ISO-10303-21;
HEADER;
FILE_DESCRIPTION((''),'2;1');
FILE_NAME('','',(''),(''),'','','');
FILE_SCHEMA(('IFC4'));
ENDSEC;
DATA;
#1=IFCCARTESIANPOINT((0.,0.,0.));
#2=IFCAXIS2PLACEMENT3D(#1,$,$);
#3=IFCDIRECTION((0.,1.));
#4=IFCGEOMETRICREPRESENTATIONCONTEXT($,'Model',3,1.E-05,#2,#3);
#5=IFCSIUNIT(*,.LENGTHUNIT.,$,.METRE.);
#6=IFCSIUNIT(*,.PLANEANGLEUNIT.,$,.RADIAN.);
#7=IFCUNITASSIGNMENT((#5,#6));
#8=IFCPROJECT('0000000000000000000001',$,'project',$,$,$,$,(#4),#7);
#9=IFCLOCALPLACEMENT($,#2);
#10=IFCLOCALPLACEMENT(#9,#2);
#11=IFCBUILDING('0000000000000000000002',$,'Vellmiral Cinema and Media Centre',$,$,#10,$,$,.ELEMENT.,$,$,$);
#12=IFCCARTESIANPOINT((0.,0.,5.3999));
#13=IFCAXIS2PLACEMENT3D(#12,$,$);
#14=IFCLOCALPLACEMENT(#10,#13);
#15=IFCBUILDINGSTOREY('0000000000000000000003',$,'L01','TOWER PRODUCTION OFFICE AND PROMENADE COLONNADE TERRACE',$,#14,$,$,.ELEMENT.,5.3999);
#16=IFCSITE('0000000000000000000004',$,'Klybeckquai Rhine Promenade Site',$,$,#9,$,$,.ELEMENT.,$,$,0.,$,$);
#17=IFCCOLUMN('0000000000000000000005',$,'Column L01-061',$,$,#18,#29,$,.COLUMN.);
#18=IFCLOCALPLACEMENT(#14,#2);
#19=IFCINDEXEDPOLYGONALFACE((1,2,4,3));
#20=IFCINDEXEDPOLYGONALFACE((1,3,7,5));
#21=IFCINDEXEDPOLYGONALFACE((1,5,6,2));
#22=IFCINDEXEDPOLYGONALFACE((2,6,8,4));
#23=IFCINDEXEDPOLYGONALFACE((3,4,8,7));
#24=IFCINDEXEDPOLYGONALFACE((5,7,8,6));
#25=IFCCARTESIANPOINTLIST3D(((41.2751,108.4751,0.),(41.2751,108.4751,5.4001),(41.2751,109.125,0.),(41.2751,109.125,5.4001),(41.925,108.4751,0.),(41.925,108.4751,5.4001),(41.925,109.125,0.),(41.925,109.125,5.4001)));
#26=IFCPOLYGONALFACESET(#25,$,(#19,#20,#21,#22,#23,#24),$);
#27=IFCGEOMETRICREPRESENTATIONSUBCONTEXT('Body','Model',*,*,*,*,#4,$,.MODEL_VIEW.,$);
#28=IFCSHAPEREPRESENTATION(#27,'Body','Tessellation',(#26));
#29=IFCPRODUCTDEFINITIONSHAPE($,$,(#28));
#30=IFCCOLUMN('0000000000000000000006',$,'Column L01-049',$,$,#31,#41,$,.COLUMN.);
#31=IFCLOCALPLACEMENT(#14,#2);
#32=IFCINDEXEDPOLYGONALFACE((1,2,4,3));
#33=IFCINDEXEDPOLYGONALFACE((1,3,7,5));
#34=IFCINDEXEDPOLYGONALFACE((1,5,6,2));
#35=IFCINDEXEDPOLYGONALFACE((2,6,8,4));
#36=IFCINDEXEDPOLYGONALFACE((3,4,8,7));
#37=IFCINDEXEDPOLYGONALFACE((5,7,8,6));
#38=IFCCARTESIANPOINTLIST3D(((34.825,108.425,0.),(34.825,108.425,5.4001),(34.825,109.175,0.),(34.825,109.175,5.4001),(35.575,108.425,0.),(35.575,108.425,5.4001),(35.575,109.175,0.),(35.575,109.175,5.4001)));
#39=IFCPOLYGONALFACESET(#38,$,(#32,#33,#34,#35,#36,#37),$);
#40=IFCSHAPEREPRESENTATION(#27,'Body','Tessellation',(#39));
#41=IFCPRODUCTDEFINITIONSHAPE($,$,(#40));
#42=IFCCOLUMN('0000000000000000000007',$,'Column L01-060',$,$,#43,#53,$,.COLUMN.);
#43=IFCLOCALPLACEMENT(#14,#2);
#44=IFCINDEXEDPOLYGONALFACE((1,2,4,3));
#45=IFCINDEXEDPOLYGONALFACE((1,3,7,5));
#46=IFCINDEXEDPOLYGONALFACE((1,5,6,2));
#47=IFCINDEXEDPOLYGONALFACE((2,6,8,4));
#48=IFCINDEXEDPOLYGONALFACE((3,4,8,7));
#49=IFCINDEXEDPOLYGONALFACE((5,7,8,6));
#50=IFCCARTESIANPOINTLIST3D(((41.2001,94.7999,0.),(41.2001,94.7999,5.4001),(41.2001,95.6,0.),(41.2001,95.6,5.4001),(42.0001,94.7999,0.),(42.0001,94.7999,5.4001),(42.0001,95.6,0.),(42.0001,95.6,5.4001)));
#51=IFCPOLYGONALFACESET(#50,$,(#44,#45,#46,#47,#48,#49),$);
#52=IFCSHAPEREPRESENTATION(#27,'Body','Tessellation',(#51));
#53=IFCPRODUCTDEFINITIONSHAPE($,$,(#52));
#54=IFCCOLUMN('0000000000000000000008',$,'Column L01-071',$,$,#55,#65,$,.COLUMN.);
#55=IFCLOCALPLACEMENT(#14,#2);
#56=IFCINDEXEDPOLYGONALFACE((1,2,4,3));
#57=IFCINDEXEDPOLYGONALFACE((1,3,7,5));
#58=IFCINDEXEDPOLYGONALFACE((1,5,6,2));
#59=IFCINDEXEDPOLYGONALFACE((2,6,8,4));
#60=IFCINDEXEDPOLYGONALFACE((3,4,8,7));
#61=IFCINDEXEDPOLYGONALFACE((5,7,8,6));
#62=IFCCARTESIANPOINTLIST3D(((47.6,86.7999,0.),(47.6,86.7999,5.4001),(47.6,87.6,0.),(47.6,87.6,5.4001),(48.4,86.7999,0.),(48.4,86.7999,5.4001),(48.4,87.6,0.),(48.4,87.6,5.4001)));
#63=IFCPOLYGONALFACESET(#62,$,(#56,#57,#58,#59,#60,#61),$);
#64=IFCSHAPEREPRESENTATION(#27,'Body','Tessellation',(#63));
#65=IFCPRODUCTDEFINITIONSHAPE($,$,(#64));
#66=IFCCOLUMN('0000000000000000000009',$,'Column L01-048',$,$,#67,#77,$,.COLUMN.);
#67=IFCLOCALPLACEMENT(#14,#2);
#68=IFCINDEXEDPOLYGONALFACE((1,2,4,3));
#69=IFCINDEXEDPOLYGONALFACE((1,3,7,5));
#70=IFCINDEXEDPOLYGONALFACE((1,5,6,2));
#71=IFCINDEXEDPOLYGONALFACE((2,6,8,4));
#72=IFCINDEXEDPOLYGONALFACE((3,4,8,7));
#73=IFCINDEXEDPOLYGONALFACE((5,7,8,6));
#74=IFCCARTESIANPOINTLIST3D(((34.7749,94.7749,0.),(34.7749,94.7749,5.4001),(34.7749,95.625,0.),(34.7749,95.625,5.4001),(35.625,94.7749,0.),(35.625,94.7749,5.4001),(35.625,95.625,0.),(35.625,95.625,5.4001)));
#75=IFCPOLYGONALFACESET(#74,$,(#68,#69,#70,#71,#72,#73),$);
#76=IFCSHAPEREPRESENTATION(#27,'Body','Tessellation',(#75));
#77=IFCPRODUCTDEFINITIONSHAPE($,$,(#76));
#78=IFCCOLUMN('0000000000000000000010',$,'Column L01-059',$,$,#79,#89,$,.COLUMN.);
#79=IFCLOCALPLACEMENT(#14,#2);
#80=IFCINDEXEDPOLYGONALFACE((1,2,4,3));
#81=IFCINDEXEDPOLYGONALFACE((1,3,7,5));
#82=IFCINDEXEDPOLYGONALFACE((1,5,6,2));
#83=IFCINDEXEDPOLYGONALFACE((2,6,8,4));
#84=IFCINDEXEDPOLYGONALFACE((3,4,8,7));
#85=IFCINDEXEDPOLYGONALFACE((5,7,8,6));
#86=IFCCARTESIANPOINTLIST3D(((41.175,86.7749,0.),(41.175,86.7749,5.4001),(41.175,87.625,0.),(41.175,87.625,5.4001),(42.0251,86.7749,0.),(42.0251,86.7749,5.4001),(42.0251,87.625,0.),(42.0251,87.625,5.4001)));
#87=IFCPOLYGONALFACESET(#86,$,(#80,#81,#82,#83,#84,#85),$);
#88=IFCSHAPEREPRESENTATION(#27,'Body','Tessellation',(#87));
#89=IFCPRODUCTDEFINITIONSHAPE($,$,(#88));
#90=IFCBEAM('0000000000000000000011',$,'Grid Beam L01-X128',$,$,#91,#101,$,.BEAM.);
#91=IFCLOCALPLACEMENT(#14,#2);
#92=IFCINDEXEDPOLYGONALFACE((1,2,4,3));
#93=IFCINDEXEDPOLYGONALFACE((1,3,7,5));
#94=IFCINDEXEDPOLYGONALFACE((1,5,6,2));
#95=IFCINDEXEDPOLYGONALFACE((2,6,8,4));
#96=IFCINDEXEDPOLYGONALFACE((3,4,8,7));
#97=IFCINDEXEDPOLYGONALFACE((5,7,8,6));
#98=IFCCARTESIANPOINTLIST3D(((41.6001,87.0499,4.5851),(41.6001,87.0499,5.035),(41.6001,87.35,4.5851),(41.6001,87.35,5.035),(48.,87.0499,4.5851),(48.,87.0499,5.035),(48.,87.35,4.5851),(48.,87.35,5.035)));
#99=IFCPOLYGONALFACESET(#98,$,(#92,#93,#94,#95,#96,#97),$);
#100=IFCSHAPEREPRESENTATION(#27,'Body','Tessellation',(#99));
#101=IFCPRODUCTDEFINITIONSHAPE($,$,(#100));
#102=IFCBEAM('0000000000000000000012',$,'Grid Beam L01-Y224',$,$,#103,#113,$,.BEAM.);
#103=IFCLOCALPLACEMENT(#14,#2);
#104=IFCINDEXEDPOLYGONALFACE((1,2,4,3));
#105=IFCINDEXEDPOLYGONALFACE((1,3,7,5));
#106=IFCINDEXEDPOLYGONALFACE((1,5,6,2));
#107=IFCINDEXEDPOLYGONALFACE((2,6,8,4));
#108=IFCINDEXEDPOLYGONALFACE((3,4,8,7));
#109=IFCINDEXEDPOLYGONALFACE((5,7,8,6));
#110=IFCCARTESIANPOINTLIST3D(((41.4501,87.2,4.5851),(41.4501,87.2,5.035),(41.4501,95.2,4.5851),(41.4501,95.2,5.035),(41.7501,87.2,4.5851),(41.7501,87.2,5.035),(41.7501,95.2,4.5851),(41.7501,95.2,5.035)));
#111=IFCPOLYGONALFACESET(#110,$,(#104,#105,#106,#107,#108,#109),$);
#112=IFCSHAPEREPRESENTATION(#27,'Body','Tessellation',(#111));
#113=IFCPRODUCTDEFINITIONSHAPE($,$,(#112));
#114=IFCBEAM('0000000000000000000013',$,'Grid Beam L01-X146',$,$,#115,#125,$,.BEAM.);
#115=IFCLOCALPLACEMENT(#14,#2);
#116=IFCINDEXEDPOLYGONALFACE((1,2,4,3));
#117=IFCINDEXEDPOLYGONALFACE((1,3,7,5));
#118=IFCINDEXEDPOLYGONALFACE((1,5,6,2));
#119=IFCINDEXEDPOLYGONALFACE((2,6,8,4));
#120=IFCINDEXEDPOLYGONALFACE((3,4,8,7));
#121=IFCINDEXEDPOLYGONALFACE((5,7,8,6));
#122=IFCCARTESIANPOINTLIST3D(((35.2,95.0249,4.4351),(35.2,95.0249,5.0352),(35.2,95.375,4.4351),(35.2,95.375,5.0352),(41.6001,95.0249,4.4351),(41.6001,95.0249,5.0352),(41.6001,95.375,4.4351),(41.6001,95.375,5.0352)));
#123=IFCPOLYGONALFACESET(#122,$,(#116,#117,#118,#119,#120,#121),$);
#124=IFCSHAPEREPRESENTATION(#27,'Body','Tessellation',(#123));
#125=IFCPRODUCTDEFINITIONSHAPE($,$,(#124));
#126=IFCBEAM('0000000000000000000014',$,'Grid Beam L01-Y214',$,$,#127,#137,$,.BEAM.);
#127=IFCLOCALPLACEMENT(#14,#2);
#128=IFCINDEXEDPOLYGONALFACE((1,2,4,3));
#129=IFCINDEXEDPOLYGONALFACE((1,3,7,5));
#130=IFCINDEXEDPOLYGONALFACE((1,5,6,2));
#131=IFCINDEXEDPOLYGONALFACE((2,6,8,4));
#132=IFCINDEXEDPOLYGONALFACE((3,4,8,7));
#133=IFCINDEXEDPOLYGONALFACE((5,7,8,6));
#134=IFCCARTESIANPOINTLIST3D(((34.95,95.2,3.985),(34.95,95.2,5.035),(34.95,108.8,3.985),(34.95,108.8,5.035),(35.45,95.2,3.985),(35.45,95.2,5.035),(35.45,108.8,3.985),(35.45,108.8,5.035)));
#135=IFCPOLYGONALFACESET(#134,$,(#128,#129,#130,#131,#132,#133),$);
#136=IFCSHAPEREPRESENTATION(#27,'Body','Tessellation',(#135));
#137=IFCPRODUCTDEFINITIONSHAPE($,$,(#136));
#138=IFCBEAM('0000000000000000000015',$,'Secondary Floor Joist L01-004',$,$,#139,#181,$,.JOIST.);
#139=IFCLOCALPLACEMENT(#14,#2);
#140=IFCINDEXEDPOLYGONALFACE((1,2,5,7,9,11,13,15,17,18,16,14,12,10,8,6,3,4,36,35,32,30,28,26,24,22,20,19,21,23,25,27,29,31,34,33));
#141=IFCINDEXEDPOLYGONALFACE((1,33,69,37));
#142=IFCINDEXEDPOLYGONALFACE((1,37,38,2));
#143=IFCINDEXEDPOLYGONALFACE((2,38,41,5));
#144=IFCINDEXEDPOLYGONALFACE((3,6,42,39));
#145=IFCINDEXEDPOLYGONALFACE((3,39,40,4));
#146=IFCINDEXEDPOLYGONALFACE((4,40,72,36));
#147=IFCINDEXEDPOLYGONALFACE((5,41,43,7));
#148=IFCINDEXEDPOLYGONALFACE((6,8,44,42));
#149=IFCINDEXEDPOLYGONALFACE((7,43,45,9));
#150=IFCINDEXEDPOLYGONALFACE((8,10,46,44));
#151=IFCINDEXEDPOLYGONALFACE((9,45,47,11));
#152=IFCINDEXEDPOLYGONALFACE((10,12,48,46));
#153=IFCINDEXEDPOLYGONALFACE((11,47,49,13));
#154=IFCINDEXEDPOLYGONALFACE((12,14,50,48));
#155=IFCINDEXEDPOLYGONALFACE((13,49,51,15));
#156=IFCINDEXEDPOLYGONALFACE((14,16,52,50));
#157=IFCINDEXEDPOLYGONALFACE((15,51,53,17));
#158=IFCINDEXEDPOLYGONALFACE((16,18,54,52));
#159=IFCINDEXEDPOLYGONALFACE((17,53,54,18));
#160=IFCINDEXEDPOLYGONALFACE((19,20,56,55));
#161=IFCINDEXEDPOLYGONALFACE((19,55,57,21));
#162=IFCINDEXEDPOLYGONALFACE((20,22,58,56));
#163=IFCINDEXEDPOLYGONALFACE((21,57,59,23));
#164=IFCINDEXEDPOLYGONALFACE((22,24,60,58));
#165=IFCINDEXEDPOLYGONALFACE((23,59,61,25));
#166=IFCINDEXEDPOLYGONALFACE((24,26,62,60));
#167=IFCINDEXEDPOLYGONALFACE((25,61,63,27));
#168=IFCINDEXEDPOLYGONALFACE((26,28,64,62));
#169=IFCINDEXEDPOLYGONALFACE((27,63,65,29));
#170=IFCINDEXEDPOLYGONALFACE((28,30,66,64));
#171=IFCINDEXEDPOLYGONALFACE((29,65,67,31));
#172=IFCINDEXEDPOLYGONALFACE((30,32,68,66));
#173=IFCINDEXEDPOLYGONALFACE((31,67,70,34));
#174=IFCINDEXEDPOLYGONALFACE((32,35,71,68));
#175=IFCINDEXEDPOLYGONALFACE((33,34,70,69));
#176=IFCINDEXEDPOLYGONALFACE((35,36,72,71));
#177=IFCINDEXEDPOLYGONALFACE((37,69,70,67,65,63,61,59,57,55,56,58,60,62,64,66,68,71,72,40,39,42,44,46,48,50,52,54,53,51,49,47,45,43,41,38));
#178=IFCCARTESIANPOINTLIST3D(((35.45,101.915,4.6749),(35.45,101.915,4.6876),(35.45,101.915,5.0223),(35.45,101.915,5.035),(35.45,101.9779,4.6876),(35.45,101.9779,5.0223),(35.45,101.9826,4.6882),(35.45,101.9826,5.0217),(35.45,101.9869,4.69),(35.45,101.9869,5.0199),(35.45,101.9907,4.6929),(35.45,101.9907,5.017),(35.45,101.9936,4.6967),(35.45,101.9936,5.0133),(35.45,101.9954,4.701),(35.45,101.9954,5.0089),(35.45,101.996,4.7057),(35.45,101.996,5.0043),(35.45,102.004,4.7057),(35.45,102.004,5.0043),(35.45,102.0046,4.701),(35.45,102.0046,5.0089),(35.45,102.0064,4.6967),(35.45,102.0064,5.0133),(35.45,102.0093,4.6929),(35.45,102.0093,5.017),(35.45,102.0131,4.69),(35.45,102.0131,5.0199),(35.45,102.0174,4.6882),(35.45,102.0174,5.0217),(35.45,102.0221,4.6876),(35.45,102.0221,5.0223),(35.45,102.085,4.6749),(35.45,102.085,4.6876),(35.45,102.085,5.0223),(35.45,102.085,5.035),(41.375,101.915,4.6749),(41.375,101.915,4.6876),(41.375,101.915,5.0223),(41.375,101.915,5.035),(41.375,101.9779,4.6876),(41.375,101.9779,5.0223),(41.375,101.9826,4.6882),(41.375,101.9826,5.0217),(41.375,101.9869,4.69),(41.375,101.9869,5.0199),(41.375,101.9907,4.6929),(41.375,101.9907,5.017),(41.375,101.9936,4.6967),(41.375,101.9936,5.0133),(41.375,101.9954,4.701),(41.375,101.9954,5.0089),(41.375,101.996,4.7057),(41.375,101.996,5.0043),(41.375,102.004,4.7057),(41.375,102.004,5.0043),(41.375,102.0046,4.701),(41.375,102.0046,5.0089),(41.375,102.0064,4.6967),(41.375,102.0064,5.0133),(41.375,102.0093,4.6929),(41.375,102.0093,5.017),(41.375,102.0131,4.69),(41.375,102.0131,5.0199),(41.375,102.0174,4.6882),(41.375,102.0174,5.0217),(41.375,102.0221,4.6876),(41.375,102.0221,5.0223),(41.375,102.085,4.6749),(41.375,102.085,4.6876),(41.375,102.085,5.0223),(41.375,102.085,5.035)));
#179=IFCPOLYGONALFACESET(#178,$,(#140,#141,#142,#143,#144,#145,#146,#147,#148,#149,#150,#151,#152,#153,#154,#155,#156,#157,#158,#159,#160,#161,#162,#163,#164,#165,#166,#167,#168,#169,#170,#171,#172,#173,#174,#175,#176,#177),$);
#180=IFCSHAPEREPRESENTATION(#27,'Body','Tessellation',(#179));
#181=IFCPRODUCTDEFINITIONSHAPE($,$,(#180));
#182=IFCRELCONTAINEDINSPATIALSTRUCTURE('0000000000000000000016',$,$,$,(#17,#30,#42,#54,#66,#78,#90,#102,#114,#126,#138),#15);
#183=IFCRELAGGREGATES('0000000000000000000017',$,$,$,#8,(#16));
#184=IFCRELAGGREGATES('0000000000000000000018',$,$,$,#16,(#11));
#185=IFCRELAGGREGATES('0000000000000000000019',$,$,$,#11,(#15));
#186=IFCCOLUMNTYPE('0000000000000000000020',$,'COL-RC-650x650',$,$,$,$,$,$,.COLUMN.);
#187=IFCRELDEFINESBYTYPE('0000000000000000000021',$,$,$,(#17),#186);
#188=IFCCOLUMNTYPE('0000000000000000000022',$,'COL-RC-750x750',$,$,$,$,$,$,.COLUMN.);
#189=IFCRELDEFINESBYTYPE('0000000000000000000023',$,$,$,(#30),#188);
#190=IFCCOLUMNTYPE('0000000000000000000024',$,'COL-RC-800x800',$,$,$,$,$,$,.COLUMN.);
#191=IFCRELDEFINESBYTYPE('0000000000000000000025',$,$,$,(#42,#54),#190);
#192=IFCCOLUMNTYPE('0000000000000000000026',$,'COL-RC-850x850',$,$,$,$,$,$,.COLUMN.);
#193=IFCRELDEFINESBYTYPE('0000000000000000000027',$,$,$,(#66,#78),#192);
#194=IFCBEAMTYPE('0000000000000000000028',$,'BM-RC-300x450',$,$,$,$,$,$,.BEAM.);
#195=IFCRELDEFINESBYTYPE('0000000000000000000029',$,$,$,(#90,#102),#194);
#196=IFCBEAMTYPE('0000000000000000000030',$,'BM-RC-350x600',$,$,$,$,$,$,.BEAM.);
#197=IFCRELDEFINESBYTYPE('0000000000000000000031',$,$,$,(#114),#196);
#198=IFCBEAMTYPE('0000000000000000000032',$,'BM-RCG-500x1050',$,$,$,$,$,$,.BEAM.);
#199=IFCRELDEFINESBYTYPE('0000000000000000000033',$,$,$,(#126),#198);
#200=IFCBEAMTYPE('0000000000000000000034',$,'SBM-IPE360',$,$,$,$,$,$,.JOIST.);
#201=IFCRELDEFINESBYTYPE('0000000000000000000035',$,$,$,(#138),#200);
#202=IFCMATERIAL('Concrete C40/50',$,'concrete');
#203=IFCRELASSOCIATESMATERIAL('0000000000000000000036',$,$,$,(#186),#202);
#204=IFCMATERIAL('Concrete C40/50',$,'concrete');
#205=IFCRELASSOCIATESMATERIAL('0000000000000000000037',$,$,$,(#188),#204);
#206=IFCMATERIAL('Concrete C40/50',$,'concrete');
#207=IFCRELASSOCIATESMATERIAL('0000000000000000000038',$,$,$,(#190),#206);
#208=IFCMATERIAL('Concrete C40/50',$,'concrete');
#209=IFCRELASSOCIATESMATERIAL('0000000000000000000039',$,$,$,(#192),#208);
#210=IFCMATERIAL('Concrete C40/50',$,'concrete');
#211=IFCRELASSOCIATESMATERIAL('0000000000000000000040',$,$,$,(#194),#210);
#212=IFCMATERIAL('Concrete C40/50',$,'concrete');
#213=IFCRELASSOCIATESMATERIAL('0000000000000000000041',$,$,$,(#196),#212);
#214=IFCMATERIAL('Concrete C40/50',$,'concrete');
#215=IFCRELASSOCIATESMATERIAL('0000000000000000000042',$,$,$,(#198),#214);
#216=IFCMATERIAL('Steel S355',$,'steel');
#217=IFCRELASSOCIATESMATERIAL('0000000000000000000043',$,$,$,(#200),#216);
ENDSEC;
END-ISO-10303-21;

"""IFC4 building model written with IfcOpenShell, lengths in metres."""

from ifc_helpers import new_model, si_unit, direction, frame, origin, origin_2d, place, context, subcontext, project, spatial, rectangle, i_section, extrude, material, material_profile, profile_set, type_object, element, save


model = new_model("IFC4")

# Units and contexts
model_context = context("Model", 3, precision=1e-05, world=origin(), true_north=direction((0.0, 1.0)))
body_context = subcontext(model_context, "Body", "Model", "MODEL_VIEW")
ifc_project = project(units=[si_unit("LENGTHUNIT", "METRE"), si_unit("PLANEANGLEUNIT", "RADIAN")], contexts=[model_context])

# Site, building, storey
site_placement = place(None, origin())
site = spatial("IfcSite", under=ifc_project, at=site_placement, Name="Klybeckquai Rhine Promenade Site", CompositionType="ELEMENT", RefElevation=0.0)
building_placement = place(site_placement, origin())
building = spatial("IfcBuilding", under=site, at=building_placement, Name="Vellmiral Cinema and Media Centre", CompositionType="ELEMENT")
storey_placement = place(building_placement, frame((0.0, 0.0, 5.3999)))
storey = spatial("IfcBuildingStorey", under=building, at=storey_placement, Name="L01", Description="TOWER PRODUCTION OFFICE AND PROMENADE COLONNADE TERRACE", CompositionType="ELEMENT", Elevation=5.3999)

# Columns
ifc_material_1 = material(Name="Concrete C40/50", Category="concrete")
ifc_material_profile_1 = material_profile(ifc_material_1, rectangle(XDim=0.6499, YDim=0.6499, at=origin_2d()), Name="RC 650x650")
ifc_profile_set_1 = profile_set([ifc_material_profile_1], Name="Concrete C40/50")
column_type_1 = type_object("IfcColumnType", Name="COL-RC-650x650", PredefinedType="COLUMN", material=ifc_profile_set_1)
column_1_placement = place(storey_placement, frame((41.6001, 108.8, 0.0), z_axis=(0.0, 0.0, 1.0), x_axis=(1.0, 0.0, 0.0)))
element("IfcColumn", 1, at=column_1_placement, inside=storey, type_object=column_type_1, Name="Column L01-061", PredefinedType="COLUMN", context=body_context, shape_type="SweptSolid", body=[
    extrude(rectangle(XDim=0.6499, YDim=0.6499, at=origin_2d()), origin(), (0.0, 0.0, 1.0), 5.4001),
])
ifc_material_2 = material(Name="Concrete C40/50", Category="concrete")
ifc_material_profile_2 = material_profile(ifc_material_2, rectangle(XDim=0.75, YDim=0.75, at=origin_2d()), Name="RC 750x750")
ifc_profile_set_2 = profile_set([ifc_material_profile_2], Name="Concrete C40/50")
column_type_2 = type_object("IfcColumnType", Name="COL-RC-750x750", PredefinedType="COLUMN", material=ifc_profile_set_2)
column_2_placement = place(storey_placement, frame((35.2, 108.8, 0.0), z_axis=(0.0, 0.0, 1.0), x_axis=(1.0, 0.0, 0.0)))
element("IfcColumn", 2, at=column_2_placement, inside=storey, type_object=column_type_2, Name="Column L01-049", PredefinedType="COLUMN", context=body_context, shape_type="SweptSolid", body=[
    extrude(rectangle(XDim=0.75, YDim=0.75, at=origin_2d()), origin(), (0.0, 0.0, 1.0), 5.4001),
])
ifc_material_3 = material(Name="Concrete C40/50", Category="concrete")
ifc_material_profile_3 = material_profile(ifc_material_3, rectangle(XDim=0.8, YDim=0.8, at=origin_2d()), Name="RC 800x800")
ifc_profile_set_3 = profile_set([ifc_material_profile_3], Name="Concrete C40/50")
column_type_3 = type_object("IfcColumnType", Name="COL-RC-800x800", PredefinedType="COLUMN", material=ifc_profile_set_3)
for number, where, z_axis, x_axis, name in (
    (3, (41.6001, 95.2, 0.0), (0.0, 0.0, 1.0), (1.0, 0.0, 0.0), "Column L01-060"),
    (4, (48.0, 87.2, 0.0), (0.0, 0.0, 1.0), (1.0, 0.0, 0.0), "Column L01-071"),
):
    element("IfcColumn", number, at=place(storey_placement, frame(where, z_axis=z_axis, x_axis=x_axis)), inside=storey, type_object=column_type_3, Name=name, PredefinedType="COLUMN", context=body_context, shape_type="SweptSolid", body=[
        extrude(rectangle(XDim=0.8, YDim=0.8, at=origin_2d()), origin(), (0.0, 0.0, 1.0), 5.4001),
    ])
ifc_material_4 = material(Name="Concrete C40/50", Category="concrete")
ifc_material_profile_4 = material_profile(ifc_material_4, rectangle(XDim=0.8501, YDim=0.8501, at=origin_2d()), Name="RC 850x850")
ifc_profile_set_4 = profile_set([ifc_material_profile_4], Name="Concrete C40/50")
column_type_4 = type_object("IfcColumnType", Name="COL-RC-850x850", PredefinedType="COLUMN", material=ifc_profile_set_4)
for number, where, z_axis, x_axis, name in (
    (5, (35.2, 95.2, 0.0), (0.0, 0.0, 1.0), (1.0, 0.0, 0.0), "Column L01-048"),
    (6, (41.6001, 87.2, 0.0), (0.0, 0.0, 1.0), (1.0, 0.0, 0.0), "Column L01-059"),
):
    element("IfcColumn", number, at=place(storey_placement, frame(where, z_axis=z_axis, x_axis=x_axis)), inside=storey, type_object=column_type_4, Name=name, PredefinedType="COLUMN", context=body_context, shape_type="SweptSolid", body=[
        extrude(rectangle(XDim=0.8501, YDim=0.8501, at=origin_2d()), origin(), (0.0, 0.0, 1.0), 5.4001),
    ])

# Beams
ifc_material_5 = material(Name="Concrete C40/50", Category="concrete")
ifc_material_profile_5 = material_profile(ifc_material_5, rectangle(XDim=0.3, YDim=0.45, at=origin_2d()), Name="RC 300x450")
ifc_profile_set_5 = profile_set([ifc_material_profile_5], Name="Concrete C40/50")
beam_type_1 = type_object("IfcBeamType", Name="BM-RC-300x450", PredefinedType="BEAM", material=ifc_profile_set_5)
beam_1_placement = place(storey_placement, frame((41.6001, 87.2, 4.8101), z_axis=(1.0, 0.0, 0.0), x_axis=(0.0, 1.0, 0.0)))
element("IfcBeam", 7, at=beam_1_placement, inside=storey, type_object=beam_type_1, Name="Grid Beam L01-X128", PredefinedType="BEAM", context=body_context, shape_type="SweptSolid", body=[
    extrude(rectangle(XDim=0.3, YDim=0.45, at=origin_2d()), origin(), (0.0, 0.0, 1.0), 6.3999),
])
beam_2_placement = place(storey_placement, frame((41.6001, 87.2, 4.8101), z_axis=(0.0, 1.0, 0.0), x_axis=(-1.0, 0.0, 0.0)))
element("IfcBeam", 8, at=beam_2_placement, inside=storey, type_object=beam_type_1, Name="Grid Beam L01-Y224", PredefinedType="BEAM", context=body_context, shape_type="SweptSolid", body=[
    extrude(rectangle(XDim=0.3, YDim=0.45, at=origin_2d()), origin(), (0.0, 0.0, 1.0), 8.0),
])
ifc_material_6 = material(Name="Concrete C40/50", Category="concrete")
ifc_material_profile_6 = material_profile(ifc_material_6, rectangle(XDim=0.3501, YDim=0.6001, at=origin_2d()), Name="RC 350x600")
ifc_profile_set_6 = profile_set([ifc_material_profile_6], Name="Concrete C40/50")
beam_type_2 = type_object("IfcBeamType", Name="BM-RC-350x600", PredefinedType="BEAM", material=ifc_profile_set_6)
beam_3_placement = place(storey_placement, frame((35.2, 95.2, 4.7351), z_axis=(1.0, 0.0, 0.0), x_axis=(0.0, 1.0, 0.0)))
element("IfcBeam", 9, at=beam_3_placement, inside=storey, type_object=beam_type_2, Name="Grid Beam L01-X146", PredefinedType="BEAM", context=body_context, shape_type="SweptSolid", body=[
    extrude(rectangle(XDim=0.3501, YDim=0.6001, at=origin_2d()), origin(), (0.0, 0.0, 1.0), 6.4001),
])
ifc_material_7 = material(Name="Concrete C40/50", Category="concrete")
ifc_material_profile_7 = material_profile(ifc_material_7, rectangle(XDim=0.5, YDim=1.05, at=origin_2d()), Name="RC 500x1050")
ifc_profile_set_7 = profile_set([ifc_material_profile_7], Name="Concrete C40/50")
beam_type_3 = type_object("IfcBeamType", Name="BM-RCG-500x1050", PredefinedType="BEAM", material=ifc_profile_set_7)
beam_4_placement = place(storey_placement, frame((35.2, 95.2, 4.51), z_axis=(0.0, 1.0, 0.0), x_axis=(-1.0, 0.0, 0.0)))
element("IfcBeam", 10, at=beam_4_placement, inside=storey, type_object=beam_type_3, Name="Grid Beam L01-Y214", PredefinedType="BEAM", context=body_context, shape_type="SweptSolid", body=[
    extrude(rectangle(XDim=0.5, YDim=1.05, at=origin_2d()), origin(), (0.0, 0.0, 1.0), 13.6001),
])
ifc_material_8 = material(Name="Steel S355", Category="steel")
ifc_material_profile_8 = material_profile(ifc_material_8, i_section(OverallWidth=0.1699, OverallDepth=0.3601, WebThickness=0.0081, FlangeThickness=0.0127, FilletRadius=0.0181, at=origin_2d()), Name="IPE 360")
ifc_profile_set_8 = profile_set([ifc_material_profile_8], Name="Steel S355")
beam_type_4 = type_object("IfcBeamType", Name="SBM-IPE360", PredefinedType="JOIST", material=ifc_profile_set_8)
beam_5_placement = place(storey_placement, frame((35.45, 102.0, 4.855), z_axis=(1.0, 0.0, 0.0), x_axis=(0.0, 1.0, 0.0)))
element("IfcBeam", 11, at=beam_5_placement, inside=storey, type_object=beam_type_4, Name="Secondary Floor Joist L01-004", PredefinedType="JOIST", context=body_context, shape_type="SweptSolid", body=[
    extrude(i_section(OverallWidth=0.1699, OverallDepth=0.3601, WebThickness=0.0081, FlangeThickness=0.0127, FilletRadius=0.0181, at=origin_2d()), origin(), (0.0, 0.0, 1.0), 5.925),
])

save(model, "model.ifc")
